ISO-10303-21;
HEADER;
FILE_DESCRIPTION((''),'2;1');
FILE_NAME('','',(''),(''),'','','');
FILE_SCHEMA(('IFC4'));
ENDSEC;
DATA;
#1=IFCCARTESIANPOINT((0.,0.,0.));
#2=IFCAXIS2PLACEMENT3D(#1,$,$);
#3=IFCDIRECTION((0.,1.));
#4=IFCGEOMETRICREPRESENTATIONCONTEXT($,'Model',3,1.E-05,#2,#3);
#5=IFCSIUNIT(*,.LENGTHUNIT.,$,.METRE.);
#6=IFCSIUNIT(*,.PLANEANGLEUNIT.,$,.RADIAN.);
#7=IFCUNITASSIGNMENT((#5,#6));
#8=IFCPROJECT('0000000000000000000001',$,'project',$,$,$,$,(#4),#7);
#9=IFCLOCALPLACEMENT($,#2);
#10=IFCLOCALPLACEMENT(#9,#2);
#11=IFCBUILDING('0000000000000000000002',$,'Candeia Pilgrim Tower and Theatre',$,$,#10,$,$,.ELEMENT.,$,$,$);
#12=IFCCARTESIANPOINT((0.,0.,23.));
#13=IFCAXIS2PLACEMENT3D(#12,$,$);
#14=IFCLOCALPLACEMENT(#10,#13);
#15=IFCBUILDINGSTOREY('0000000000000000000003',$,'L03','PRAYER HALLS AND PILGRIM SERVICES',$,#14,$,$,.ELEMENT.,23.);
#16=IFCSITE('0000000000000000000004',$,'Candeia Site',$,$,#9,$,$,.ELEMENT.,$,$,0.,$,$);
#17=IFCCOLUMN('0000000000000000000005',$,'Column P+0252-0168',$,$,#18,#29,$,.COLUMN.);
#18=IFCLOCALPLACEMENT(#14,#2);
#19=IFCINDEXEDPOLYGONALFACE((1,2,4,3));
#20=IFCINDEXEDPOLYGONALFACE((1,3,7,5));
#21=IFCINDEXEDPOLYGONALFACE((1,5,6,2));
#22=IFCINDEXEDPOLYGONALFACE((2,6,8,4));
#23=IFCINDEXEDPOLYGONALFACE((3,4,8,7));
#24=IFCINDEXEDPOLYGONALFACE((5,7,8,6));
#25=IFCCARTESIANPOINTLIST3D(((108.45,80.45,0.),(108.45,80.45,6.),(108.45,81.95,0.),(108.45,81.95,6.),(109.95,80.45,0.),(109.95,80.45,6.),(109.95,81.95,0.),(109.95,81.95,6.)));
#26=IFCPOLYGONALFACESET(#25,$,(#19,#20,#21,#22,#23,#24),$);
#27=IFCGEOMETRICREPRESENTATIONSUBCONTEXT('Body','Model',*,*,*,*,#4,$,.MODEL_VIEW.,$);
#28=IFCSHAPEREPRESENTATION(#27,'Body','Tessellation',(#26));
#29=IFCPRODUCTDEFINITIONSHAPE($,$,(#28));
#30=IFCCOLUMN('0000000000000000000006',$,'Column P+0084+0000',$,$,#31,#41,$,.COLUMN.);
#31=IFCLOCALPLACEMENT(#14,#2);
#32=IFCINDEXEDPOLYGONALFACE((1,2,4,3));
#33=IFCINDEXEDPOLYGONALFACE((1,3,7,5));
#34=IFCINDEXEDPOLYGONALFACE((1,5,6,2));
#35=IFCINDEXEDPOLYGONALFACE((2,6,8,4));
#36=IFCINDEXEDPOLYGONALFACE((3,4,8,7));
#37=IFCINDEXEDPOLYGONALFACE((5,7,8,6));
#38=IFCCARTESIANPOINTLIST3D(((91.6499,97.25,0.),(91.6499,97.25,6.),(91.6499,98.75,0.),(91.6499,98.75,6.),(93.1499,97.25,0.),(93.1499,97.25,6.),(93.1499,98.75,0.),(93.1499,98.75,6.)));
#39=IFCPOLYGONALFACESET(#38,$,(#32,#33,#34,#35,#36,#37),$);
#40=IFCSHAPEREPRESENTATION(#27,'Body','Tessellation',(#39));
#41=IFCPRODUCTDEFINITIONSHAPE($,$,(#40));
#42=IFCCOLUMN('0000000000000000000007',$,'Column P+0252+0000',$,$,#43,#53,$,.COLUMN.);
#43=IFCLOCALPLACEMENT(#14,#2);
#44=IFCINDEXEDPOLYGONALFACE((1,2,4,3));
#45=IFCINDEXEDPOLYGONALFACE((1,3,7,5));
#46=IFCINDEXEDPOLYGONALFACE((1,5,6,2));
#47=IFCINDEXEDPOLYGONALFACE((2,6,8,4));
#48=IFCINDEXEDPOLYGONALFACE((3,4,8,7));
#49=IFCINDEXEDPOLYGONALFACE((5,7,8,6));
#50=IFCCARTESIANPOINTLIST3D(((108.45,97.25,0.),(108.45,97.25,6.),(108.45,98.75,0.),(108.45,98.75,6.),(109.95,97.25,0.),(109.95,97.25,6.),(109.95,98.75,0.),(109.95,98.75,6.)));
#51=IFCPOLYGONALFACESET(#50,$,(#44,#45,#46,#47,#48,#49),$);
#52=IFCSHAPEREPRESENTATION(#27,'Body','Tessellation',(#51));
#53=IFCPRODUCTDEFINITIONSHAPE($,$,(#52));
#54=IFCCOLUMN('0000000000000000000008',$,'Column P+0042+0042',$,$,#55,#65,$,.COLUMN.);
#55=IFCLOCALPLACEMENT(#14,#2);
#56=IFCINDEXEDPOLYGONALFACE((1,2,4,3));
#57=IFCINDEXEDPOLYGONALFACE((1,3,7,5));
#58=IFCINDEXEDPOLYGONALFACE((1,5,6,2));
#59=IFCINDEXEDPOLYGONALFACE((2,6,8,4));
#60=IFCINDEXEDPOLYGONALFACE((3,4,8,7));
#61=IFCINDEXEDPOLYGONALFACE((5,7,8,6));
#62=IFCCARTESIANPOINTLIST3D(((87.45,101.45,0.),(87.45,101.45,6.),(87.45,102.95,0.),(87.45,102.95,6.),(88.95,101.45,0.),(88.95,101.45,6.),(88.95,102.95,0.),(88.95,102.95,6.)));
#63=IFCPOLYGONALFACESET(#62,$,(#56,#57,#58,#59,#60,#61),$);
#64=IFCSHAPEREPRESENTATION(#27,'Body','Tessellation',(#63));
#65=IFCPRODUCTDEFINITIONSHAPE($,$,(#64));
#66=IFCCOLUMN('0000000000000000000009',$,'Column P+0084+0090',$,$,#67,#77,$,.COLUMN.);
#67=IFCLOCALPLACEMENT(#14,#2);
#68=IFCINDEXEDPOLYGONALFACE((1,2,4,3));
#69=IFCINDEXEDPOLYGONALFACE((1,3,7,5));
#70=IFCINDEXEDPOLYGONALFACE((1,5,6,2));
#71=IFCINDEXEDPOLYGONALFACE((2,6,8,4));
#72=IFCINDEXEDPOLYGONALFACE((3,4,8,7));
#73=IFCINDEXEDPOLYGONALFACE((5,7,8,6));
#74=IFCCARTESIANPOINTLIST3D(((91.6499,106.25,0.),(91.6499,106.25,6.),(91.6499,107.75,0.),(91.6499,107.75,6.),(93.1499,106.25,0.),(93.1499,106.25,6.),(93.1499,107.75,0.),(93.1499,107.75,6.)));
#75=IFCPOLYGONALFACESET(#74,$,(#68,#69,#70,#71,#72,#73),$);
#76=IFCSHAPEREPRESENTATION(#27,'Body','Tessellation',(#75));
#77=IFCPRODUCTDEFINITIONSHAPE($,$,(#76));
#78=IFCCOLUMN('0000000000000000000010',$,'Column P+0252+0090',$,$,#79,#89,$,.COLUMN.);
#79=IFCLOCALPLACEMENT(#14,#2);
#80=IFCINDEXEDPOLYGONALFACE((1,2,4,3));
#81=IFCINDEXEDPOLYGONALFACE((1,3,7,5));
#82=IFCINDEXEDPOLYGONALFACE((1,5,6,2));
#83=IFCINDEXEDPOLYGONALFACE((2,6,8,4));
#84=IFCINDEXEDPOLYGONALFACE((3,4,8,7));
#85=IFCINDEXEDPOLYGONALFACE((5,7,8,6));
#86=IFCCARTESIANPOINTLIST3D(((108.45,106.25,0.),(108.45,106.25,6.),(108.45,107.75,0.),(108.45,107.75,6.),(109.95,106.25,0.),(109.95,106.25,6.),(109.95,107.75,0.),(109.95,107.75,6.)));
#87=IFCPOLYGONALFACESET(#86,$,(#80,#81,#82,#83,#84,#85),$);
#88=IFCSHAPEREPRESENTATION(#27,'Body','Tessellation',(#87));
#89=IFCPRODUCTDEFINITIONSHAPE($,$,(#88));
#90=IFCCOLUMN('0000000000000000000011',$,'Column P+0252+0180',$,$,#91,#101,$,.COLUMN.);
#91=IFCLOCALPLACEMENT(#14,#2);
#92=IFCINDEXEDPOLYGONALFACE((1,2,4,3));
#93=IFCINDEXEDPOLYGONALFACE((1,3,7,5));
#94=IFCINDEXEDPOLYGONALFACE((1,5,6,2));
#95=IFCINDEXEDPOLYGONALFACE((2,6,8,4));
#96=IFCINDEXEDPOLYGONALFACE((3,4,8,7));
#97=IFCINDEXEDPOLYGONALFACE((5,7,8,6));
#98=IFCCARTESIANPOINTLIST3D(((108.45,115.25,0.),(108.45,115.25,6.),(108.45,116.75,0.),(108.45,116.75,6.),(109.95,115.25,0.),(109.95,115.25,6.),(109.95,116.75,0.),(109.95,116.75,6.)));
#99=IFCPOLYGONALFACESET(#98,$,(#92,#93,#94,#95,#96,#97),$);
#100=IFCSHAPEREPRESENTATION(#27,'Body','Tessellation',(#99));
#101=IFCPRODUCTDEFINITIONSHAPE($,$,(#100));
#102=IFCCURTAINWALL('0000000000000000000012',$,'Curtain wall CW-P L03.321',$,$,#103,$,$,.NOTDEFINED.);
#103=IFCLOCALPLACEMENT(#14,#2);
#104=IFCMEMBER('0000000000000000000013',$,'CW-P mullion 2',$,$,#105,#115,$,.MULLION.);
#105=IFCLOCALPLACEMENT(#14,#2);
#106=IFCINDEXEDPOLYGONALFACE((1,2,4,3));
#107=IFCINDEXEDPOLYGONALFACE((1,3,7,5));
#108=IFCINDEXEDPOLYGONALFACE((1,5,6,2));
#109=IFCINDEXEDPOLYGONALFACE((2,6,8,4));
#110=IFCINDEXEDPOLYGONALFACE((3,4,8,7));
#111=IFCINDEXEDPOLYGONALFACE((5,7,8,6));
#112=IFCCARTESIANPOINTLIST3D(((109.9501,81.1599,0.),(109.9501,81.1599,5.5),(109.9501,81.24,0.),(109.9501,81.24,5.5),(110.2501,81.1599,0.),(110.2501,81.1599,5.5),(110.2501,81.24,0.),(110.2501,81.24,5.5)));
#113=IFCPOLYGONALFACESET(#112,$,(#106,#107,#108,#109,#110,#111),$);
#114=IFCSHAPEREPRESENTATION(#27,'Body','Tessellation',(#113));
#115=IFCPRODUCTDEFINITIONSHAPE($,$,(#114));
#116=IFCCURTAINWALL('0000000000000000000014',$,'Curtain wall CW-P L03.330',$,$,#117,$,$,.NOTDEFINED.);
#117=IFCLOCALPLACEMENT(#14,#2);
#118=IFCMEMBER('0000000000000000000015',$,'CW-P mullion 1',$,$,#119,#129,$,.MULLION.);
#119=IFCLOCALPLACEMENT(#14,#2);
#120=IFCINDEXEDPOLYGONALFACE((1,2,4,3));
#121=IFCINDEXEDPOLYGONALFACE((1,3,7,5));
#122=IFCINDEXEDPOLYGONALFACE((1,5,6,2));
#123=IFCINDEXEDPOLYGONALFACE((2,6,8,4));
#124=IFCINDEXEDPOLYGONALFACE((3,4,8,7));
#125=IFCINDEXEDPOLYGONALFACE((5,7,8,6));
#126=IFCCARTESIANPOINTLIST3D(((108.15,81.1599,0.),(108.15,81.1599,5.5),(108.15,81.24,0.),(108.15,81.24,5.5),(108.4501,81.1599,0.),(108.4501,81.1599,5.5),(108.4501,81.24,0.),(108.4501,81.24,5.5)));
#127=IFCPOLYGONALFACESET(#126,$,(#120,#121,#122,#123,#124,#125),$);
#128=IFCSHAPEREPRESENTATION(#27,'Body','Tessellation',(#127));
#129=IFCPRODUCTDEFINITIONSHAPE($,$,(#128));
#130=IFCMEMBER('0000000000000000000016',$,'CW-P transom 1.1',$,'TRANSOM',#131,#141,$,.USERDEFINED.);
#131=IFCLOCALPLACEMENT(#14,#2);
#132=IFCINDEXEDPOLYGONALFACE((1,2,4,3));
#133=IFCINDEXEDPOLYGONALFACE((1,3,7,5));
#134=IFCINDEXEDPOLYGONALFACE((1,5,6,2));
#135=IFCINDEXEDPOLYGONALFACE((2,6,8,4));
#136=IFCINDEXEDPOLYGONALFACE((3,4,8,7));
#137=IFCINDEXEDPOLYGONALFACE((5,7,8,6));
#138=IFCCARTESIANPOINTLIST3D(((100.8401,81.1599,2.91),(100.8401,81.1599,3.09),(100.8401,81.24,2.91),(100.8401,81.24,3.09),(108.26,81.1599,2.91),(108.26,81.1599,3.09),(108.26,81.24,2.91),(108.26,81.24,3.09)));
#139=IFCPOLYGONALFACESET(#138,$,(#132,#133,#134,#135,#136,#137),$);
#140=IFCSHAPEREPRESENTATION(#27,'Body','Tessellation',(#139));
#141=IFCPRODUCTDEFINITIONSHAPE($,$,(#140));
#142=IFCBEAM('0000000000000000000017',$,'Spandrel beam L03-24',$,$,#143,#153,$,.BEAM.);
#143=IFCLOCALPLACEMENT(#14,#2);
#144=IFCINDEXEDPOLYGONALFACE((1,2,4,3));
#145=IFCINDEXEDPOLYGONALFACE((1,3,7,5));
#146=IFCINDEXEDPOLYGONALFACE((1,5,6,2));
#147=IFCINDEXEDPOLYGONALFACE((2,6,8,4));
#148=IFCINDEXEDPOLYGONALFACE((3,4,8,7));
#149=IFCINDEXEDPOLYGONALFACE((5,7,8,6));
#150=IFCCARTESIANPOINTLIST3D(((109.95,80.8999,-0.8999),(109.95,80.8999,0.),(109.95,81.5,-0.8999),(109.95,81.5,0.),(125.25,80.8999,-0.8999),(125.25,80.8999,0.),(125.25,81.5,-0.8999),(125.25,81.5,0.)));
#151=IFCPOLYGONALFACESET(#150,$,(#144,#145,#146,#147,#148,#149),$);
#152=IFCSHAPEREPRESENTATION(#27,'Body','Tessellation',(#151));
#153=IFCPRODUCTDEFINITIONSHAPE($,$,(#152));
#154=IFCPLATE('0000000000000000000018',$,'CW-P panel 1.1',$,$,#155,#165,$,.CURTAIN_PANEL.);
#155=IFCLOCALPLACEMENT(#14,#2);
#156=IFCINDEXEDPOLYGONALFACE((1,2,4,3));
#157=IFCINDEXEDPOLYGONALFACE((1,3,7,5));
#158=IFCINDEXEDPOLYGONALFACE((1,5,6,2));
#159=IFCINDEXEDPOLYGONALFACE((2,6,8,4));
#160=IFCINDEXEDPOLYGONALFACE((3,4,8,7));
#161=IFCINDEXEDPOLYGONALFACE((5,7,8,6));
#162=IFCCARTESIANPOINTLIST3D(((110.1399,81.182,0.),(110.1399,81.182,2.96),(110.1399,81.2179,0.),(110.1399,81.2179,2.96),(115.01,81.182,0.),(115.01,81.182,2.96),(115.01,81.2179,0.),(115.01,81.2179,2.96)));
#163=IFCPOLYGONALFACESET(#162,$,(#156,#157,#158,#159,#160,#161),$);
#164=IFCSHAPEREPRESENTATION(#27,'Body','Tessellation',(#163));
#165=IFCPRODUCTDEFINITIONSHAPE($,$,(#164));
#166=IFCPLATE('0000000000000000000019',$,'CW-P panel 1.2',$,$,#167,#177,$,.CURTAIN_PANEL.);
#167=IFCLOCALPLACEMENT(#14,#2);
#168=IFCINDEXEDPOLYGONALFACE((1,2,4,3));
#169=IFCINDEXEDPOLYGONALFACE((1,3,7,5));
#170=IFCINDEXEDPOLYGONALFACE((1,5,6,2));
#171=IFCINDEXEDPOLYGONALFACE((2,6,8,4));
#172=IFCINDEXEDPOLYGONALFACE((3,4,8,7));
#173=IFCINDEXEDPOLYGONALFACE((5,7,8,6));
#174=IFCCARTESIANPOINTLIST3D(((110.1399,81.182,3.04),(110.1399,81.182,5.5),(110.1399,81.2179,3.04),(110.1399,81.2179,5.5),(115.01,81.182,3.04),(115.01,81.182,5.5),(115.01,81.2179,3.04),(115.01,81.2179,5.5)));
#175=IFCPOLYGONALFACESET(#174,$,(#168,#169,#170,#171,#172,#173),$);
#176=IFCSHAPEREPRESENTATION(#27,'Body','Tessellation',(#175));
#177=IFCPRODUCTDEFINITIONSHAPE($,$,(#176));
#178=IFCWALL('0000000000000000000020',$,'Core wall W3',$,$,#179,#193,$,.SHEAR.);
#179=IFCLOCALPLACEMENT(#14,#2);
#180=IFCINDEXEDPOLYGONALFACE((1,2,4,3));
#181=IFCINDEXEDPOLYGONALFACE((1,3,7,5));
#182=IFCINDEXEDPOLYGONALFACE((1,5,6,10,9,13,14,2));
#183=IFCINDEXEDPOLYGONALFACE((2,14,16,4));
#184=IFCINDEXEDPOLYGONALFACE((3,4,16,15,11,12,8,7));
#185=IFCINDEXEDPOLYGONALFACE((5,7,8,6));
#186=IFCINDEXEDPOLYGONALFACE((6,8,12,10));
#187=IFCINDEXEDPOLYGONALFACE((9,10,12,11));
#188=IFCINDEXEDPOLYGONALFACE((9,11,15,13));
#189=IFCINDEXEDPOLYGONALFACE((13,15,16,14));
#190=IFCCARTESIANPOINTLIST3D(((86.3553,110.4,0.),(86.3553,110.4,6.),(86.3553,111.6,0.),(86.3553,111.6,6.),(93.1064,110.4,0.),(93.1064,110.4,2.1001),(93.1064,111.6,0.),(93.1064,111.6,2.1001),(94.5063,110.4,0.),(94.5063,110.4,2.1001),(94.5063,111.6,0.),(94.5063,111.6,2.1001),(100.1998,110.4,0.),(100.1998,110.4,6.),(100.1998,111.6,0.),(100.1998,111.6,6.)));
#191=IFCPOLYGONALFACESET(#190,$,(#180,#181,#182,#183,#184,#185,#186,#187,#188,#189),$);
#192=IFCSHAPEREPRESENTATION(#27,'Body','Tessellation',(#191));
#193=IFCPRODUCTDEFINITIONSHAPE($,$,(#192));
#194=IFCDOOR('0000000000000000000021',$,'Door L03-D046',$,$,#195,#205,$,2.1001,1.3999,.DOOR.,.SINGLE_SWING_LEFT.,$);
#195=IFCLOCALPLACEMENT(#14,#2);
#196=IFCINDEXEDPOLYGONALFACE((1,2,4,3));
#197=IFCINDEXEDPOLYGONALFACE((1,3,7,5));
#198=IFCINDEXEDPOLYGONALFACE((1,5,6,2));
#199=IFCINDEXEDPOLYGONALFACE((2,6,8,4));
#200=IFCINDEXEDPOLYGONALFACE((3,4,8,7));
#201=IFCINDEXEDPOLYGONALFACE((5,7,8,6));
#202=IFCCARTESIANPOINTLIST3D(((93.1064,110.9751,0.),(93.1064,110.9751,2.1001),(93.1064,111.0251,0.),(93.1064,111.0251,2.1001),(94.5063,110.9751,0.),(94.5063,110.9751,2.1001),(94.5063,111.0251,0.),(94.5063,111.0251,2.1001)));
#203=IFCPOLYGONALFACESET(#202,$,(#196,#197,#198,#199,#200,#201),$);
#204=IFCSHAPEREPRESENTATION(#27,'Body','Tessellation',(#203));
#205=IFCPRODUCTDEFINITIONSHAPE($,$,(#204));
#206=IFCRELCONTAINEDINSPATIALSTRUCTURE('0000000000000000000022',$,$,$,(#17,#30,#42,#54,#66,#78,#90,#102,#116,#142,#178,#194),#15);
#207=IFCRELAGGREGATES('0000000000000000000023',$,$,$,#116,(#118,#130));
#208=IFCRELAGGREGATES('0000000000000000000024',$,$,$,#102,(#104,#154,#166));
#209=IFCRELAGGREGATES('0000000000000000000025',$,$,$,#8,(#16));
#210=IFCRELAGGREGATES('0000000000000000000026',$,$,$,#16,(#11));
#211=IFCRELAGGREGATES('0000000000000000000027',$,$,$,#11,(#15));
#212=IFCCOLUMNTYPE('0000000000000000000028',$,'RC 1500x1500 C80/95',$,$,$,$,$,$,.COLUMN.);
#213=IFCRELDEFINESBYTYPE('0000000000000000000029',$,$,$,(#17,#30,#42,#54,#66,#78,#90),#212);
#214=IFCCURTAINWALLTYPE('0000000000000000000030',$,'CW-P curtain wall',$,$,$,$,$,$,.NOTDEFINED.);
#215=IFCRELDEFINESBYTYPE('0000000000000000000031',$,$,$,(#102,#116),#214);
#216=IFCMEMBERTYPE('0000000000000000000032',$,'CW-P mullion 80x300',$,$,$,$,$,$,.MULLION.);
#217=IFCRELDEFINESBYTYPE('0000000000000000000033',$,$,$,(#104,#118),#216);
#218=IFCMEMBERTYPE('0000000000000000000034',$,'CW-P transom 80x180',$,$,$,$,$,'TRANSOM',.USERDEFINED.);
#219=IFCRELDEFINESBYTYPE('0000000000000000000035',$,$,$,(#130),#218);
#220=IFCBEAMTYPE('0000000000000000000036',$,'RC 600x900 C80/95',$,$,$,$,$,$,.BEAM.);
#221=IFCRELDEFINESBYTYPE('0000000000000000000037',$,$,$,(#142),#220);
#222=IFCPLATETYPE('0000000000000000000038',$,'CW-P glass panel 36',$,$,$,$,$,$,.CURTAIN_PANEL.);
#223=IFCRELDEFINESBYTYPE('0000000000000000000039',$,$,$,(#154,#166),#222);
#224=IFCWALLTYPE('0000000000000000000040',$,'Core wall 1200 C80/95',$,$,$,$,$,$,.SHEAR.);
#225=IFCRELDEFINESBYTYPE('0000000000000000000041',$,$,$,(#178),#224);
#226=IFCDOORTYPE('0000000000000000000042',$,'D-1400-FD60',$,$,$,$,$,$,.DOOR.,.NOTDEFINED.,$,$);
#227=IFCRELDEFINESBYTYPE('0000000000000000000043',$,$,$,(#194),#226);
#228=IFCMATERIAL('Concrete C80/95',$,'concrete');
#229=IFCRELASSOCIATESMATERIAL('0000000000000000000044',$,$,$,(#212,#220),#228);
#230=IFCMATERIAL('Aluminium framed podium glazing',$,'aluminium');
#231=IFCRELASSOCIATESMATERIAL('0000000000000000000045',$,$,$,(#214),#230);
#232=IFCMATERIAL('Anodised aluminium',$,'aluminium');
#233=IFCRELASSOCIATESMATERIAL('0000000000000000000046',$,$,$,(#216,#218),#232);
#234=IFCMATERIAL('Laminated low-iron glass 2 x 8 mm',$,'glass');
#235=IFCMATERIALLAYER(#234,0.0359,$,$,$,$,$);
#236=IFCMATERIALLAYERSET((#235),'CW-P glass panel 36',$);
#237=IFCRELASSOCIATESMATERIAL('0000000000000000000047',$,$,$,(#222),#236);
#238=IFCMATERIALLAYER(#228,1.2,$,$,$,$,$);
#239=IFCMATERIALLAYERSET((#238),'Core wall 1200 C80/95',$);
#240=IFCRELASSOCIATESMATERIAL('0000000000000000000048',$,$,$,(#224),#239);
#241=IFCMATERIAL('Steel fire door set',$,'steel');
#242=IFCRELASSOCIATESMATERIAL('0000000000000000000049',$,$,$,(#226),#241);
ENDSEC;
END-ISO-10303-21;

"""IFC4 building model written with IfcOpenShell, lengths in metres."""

from ifc_helpers import new_model, si_unit, direction, frame, frame_2d, origin, origin_2d, place, context, subcontext, project, spatial, rectangle, extrude, material, layer, layer_set, material_profile, profile_set, type_object, element, fill, aggregate, save


model = new_model("IFC4")

# Units and contexts
model_context = context("Model", 3, precision=1e-05, world=origin(), true_north=direction((0.0, 1.0)))
body_context = subcontext(model_context, "Body", "Model", "MODEL_VIEW")
ifc_project = project(units=[si_unit("LENGTHUNIT", "METRE"), si_unit("PLANEANGLEUNIT", "RADIAN")], contexts=[model_context])

# Site, building, storey
site_placement = place(None, origin())
site = spatial("IfcSite", under=ifc_project, at=site_placement, Name="Candeia Site", CompositionType="ELEMENT", RefElevation=0.0)
building_placement = place(site_placement, origin())
building = spatial("IfcBuilding", under=site, at=building_placement, Name="Candeia Pilgrim Tower and Theatre", CompositionType="ELEMENT")
storey_placement = place(building_placement, frame((0.0, 0.0, 23.0)))
storey = spatial("IfcBuildingStorey", under=building, at=storey_placement, Name="L03", Description="PRAYER HALLS AND PILGRIM SERVICES", CompositionType="ELEMENT", Elevation=23.0)

# Columns
ifc_material_1 = material(Name="Concrete C80/95", Category="concrete")
ifc_material_profile_1 = material_profile(ifc_material_1, rectangle(XDim=1.5, YDim=1.5, at=origin_2d()))
ifc_profile_set_1 = profile_set([ifc_material_profile_1], Name="Concrete C80/95")
column_type = type_object("IfcColumnType", Name="RC 1500x1500 C80/95", PredefinedType="COLUMN", material=ifc_profile_set_1)
for number, where, z_axis, x_axis, name in (
    (1, (109.2, 81.2, 0.0), (0.0, 0.0, 1.0), (1.0, 0.0, 0.0), "Column P+0252-0168"),
    (2, (92.3999, 98.0, 0.0), (0.0, 0.0, 1.0), (1.0, 0.0, 0.0), "Column P+0084+0000"),
    (3, (109.2, 98.0, 0.0), (0.0, 0.0, 1.0), (1.0, 0.0, 0.0), "Column P+0252+0000"),
    (4, (88.2, 102.2, 0.0), (0.0, 0.0, 1.0), (1.0, 0.0, 0.0), "Column P+0042+0042"),
    (5, (92.3999, 107.0, 0.0), (0.0, 0.0, 1.0), (1.0, 0.0, 0.0), "Column P+0084+0090"),
    (6, (109.2, 107.0, 0.0), (0.0, 0.0, 1.0), (1.0, 0.0, 0.0), "Column P+0252+0090"),
    (7, (109.2, 116.0, 0.0), (0.0, 0.0, 1.0), (1.0, 0.0, 0.0), "Column P+0252+0180"),
):
    element("IfcColumn", number, at=place(storey_placement, frame(where, z_axis=z_axis, x_axis=x_axis)), inside=storey, type_object=column_type, Name=name, PredefinedType="COLUMN", context=body_context, shape_type="SweptSolid", body=[
        extrude(rectangle(XDim=1.5, YDim=1.5, at=origin_2d()), origin(), (0.0, 0.0, 1.0), 6.0),
    ])

# Curtain wall, member
ifc_material_2 = material(Name="Aluminium framed podium glazing", Category="aluminium")
curtain_wall_type = type_object("IfcCurtainWallType", Name="CW-P curtain wall", PredefinedType="NOTDEFINED", material=ifc_material_2)
curtain_wall_1_placement = place(storey_placement, origin())
curtain_wall_1 = element("IfcCurtainWall", 8, at=curtain_wall_1_placement, inside=storey, type_object=curtain_wall_type, Name="Curtain wall CW-P L03.321", PredefinedType="NOTDEFINED")
ifc_material_3 = material(Name="Anodised aluminium", Category="aluminium")
ifc_material_profile_2 = material_profile(ifc_material_3, rectangle(XDim=0.0801, YDim=0.3, at=origin_2d()))
ifc_profile_set_2 = profile_set([ifc_material_profile_2], Name="Anodised aluminium")
member_type_1 = type_object("IfcMemberType", Name="CW-P mullion 80x300", PredefinedType="MULLION", material=ifc_profile_set_2)
member_1_placement = place(storey_placement, frame((110.1001, 81.2, 0.0), z_axis=(0.0, 0.0, 1.0), x_axis=(0.0, -1.0, 0.0)))
member_1 = element("IfcMember", 9, at=member_1_placement, type_object=member_type_1, Name="CW-P mullion 2", PredefinedType="MULLION", context=body_context, shape_type="SweptSolid", body=[
    extrude(rectangle(XDim=0.0801, YDim=0.3, at=origin_2d()), origin(), (0.0, 0.0, 1.0), 5.5),
])

# Curtain wall, members
curtain_wall_2_placement = place(storey_placement, origin())
curtain_wall_2 = element("IfcCurtainWall", 10, at=curtain_wall_2_placement, inside=storey, type_object=curtain_wall_type, Name="Curtain wall CW-P L03.330", PredefinedType="NOTDEFINED")
member_2_placement = place(storey_placement, frame((108.3, 81.2, 0.0), z_axis=(0.0, 0.0, 1.0), x_axis=(0.0, -1.0, 0.0)))
member_2 = element("IfcMember", 11, at=member_2_placement, type_object=member_type_1, Name="CW-P mullion 1", PredefinedType="MULLION", context=body_context, shape_type="SweptSolid", body=[
    extrude(rectangle(XDim=0.0801, YDim=0.3, at=origin_2d()), origin(), (0.0, 0.0, 1.0), 5.5),
])
ifc_material_profile_3 = material_profile(ifc_material_3, rectangle(XDim=0.0801, YDim=0.1799, at=origin_2d()))
ifc_profile_set_3 = profile_set([ifc_material_profile_3], Name="Anodised aluminium")
member_type_2 = type_object("IfcMemberType", Name="CW-P transom 80x180", ElementType="TRANSOM", PredefinedType="USERDEFINED", material=ifc_profile_set_3)
member_3_placement = place(storey_placement, frame((108.26, 81.2, 3.0), z_axis=(-1.0, 0.0, 0.0), x_axis=(0.0, -1.0, 0.0)))
member_3 = element("IfcMember", 12, at=member_3_placement, type_object=member_type_2, Name="CW-P transom 1.1", ObjectType="TRANSOM", PredefinedType="USERDEFINED", context=body_context, shape_type="SweptSolid", body=[
    extrude(rectangle(XDim=0.0801, YDim=0.1799, at=origin_2d()), origin(), (0.0, 0.0, 1.0), 7.4199),
])
aggregate(curtain_wall_2, [member_2, member_3])

# Beam
ifc_material_profile_4 = material_profile(ifc_material_1, rectangle(XDim=0.6001, YDim=0.8999, at=origin_2d()))
ifc_profile_set_4 = profile_set([ifc_material_profile_4], Name="Concrete C80/95")
beam_type = type_object("IfcBeamType", Name="RC 600x900 C80/95", PredefinedType="BEAM", material=ifc_profile_set_4)
beam_placement = place(storey_placement, frame((109.95, 81.2, -0.45), z_axis=(1.0, 0.0, 0.0), x_axis=(0.0, 1.0, 0.0)))
element("IfcBeam", 13, at=beam_placement, inside=storey, type_object=beam_type, Name="Spandrel beam L03-24", PredefinedType="BEAM", context=body_context, shape_type="SweptSolid", body=[
    extrude(rectangle(XDim=0.6001, YDim=0.8999, at=origin_2d()), origin(), (0.0, 0.0, 1.0), 15.3),
])

# Plates
ifc_material_4 = material(Name="Laminated low-iron glass 2 x 8 mm", Category="glass")
ifc_layer_1 = layer(ifc_material_4, 0.0359)
ifc_layer_set_1 = layer_set([ifc_layer_1], Name="CW-P glass panel 36")
plate_type = type_object("IfcPlateType", Name="CW-P glass panel 36", PredefinedType="CURTAIN_PANEL", material=ifc_layer_set_1)
plate_1_placement = place(storey_placement, frame((112.575, 81.2, 0.0), z_axis=(0.0, 0.0, 1.0), x_axis=(-1.0, 0.0, 0.0)))
plate_1 = element("IfcPlate", 14, at=plate_1_placement, type_object=plate_type, Name="CW-P panel 1.1", PredefinedType="CURTAIN_PANEL", context=body_context, shape_type="SweptSolid", body=[
    extrude(rectangle(XDim=4.8701, YDim=0.0359, at=origin_2d()), origin(), (0.0, 0.0, 1.0), 2.96),
])
plate_2_placement = place(storey_placement, frame((112.575, 81.2, 3.04), z_axis=(0.0, 0.0, 1.0), x_axis=(-1.0, 0.0, 0.0)))
plate_2 = element("IfcPlate", 15, at=plate_2_placement, type_object=plate_type, Name="CW-P panel 1.2", PredefinedType="CURTAIN_PANEL", context=body_context, shape_type="SweptSolid", body=[
    extrude(rectangle(XDim=4.8701, YDim=0.0359, at=origin_2d()), origin(), (0.0, 0.0, 1.0), 2.46),
])
aggregate(curtain_wall_1, [member_1, plate_1, plate_2])

# Wall, opening, door
ifc_layer_2 = layer(ifc_material_1, 1.2)
ifc_layer_set_2 = layer_set([ifc_layer_2], Name="Core wall 1200 C80/95")
wall_type_1 = type_object("IfcWallType", Name="Core wall 1200 C80/95", PredefinedType="SHEAR", material=ifc_layer_set_2)
wall_1_placement = place(storey_placement, frame((100.2, 111.0, 0.0), z_axis=(0.0, 0.0, 1.0), x_axis=(-1.0, 0.0, 0.0)))
wall_1 = element("IfcWall", 16, at=wall_1_placement, inside=storey, type_object=wall_type_1, Name="Core wall W3", PredefinedType="SHEAR", context=body_context, shape_type="SweptSolid", body=[
    extrude(rectangle(XDim=13.8445, YDim=1.2, at=frame_2d((6.9224, 0.0))), origin(), (0.0, 0.0, 1.0), 6.0),
])
opening_1_placement = place(wall_1_placement, frame((5.6936, 0.0, 0.0)))
opening_1 = element("IfcOpeningElement", 17, at=opening_1_placement, cuts=wall_1, PredefinedType="OPENING", context=body_context, shape_type="SweptSolid", body=[
    extrude(rectangle(XDim=1.3999, YDim=2.1001, at=frame_2d((0.7, 1.05))), frame((0.0, 0.6099, 0.0), z_axis=(0.0, -1.0, 0.0), x_axis=(1.0, 0.0, 0.0)), (0.0, 0.0, 1.0), 1.22),
])
ifc_material_5 = material(Name="Steel fire door set", Category="steel")
door_type_1 = type_object("IfcDoorType", Name="D-1400-FD60", OperationType="NOTDEFINED", PredefinedType="DOOR", material=ifc_material_5)
door_1_placement = place(opening_1_placement, origin())
door_1 = element("IfcDoor", 18, at=door_1_placement, inside=storey, type_object=door_type_1, Name="Door L03-D046", OperationType="SINGLE_SWING_LEFT", OverallHeight=2.1001, OverallWidth=1.3999, PredefinedType="DOOR", context=body_context, shape_type="SweptSolid", body=[
    extrude(rectangle(XDim=1.3999, YDim=2.1001, at=frame_2d((0.7, 1.05))), frame((0.0, 0.0249, 0.0), z_axis=(0.0, -1.0, 0.0), x_axis=(1.0, 0.0, 0.0)), (0.0, 0.0, 1.0), 0.05),
])
fill(opening_1, door_1)

save(model, "model.ifc")
